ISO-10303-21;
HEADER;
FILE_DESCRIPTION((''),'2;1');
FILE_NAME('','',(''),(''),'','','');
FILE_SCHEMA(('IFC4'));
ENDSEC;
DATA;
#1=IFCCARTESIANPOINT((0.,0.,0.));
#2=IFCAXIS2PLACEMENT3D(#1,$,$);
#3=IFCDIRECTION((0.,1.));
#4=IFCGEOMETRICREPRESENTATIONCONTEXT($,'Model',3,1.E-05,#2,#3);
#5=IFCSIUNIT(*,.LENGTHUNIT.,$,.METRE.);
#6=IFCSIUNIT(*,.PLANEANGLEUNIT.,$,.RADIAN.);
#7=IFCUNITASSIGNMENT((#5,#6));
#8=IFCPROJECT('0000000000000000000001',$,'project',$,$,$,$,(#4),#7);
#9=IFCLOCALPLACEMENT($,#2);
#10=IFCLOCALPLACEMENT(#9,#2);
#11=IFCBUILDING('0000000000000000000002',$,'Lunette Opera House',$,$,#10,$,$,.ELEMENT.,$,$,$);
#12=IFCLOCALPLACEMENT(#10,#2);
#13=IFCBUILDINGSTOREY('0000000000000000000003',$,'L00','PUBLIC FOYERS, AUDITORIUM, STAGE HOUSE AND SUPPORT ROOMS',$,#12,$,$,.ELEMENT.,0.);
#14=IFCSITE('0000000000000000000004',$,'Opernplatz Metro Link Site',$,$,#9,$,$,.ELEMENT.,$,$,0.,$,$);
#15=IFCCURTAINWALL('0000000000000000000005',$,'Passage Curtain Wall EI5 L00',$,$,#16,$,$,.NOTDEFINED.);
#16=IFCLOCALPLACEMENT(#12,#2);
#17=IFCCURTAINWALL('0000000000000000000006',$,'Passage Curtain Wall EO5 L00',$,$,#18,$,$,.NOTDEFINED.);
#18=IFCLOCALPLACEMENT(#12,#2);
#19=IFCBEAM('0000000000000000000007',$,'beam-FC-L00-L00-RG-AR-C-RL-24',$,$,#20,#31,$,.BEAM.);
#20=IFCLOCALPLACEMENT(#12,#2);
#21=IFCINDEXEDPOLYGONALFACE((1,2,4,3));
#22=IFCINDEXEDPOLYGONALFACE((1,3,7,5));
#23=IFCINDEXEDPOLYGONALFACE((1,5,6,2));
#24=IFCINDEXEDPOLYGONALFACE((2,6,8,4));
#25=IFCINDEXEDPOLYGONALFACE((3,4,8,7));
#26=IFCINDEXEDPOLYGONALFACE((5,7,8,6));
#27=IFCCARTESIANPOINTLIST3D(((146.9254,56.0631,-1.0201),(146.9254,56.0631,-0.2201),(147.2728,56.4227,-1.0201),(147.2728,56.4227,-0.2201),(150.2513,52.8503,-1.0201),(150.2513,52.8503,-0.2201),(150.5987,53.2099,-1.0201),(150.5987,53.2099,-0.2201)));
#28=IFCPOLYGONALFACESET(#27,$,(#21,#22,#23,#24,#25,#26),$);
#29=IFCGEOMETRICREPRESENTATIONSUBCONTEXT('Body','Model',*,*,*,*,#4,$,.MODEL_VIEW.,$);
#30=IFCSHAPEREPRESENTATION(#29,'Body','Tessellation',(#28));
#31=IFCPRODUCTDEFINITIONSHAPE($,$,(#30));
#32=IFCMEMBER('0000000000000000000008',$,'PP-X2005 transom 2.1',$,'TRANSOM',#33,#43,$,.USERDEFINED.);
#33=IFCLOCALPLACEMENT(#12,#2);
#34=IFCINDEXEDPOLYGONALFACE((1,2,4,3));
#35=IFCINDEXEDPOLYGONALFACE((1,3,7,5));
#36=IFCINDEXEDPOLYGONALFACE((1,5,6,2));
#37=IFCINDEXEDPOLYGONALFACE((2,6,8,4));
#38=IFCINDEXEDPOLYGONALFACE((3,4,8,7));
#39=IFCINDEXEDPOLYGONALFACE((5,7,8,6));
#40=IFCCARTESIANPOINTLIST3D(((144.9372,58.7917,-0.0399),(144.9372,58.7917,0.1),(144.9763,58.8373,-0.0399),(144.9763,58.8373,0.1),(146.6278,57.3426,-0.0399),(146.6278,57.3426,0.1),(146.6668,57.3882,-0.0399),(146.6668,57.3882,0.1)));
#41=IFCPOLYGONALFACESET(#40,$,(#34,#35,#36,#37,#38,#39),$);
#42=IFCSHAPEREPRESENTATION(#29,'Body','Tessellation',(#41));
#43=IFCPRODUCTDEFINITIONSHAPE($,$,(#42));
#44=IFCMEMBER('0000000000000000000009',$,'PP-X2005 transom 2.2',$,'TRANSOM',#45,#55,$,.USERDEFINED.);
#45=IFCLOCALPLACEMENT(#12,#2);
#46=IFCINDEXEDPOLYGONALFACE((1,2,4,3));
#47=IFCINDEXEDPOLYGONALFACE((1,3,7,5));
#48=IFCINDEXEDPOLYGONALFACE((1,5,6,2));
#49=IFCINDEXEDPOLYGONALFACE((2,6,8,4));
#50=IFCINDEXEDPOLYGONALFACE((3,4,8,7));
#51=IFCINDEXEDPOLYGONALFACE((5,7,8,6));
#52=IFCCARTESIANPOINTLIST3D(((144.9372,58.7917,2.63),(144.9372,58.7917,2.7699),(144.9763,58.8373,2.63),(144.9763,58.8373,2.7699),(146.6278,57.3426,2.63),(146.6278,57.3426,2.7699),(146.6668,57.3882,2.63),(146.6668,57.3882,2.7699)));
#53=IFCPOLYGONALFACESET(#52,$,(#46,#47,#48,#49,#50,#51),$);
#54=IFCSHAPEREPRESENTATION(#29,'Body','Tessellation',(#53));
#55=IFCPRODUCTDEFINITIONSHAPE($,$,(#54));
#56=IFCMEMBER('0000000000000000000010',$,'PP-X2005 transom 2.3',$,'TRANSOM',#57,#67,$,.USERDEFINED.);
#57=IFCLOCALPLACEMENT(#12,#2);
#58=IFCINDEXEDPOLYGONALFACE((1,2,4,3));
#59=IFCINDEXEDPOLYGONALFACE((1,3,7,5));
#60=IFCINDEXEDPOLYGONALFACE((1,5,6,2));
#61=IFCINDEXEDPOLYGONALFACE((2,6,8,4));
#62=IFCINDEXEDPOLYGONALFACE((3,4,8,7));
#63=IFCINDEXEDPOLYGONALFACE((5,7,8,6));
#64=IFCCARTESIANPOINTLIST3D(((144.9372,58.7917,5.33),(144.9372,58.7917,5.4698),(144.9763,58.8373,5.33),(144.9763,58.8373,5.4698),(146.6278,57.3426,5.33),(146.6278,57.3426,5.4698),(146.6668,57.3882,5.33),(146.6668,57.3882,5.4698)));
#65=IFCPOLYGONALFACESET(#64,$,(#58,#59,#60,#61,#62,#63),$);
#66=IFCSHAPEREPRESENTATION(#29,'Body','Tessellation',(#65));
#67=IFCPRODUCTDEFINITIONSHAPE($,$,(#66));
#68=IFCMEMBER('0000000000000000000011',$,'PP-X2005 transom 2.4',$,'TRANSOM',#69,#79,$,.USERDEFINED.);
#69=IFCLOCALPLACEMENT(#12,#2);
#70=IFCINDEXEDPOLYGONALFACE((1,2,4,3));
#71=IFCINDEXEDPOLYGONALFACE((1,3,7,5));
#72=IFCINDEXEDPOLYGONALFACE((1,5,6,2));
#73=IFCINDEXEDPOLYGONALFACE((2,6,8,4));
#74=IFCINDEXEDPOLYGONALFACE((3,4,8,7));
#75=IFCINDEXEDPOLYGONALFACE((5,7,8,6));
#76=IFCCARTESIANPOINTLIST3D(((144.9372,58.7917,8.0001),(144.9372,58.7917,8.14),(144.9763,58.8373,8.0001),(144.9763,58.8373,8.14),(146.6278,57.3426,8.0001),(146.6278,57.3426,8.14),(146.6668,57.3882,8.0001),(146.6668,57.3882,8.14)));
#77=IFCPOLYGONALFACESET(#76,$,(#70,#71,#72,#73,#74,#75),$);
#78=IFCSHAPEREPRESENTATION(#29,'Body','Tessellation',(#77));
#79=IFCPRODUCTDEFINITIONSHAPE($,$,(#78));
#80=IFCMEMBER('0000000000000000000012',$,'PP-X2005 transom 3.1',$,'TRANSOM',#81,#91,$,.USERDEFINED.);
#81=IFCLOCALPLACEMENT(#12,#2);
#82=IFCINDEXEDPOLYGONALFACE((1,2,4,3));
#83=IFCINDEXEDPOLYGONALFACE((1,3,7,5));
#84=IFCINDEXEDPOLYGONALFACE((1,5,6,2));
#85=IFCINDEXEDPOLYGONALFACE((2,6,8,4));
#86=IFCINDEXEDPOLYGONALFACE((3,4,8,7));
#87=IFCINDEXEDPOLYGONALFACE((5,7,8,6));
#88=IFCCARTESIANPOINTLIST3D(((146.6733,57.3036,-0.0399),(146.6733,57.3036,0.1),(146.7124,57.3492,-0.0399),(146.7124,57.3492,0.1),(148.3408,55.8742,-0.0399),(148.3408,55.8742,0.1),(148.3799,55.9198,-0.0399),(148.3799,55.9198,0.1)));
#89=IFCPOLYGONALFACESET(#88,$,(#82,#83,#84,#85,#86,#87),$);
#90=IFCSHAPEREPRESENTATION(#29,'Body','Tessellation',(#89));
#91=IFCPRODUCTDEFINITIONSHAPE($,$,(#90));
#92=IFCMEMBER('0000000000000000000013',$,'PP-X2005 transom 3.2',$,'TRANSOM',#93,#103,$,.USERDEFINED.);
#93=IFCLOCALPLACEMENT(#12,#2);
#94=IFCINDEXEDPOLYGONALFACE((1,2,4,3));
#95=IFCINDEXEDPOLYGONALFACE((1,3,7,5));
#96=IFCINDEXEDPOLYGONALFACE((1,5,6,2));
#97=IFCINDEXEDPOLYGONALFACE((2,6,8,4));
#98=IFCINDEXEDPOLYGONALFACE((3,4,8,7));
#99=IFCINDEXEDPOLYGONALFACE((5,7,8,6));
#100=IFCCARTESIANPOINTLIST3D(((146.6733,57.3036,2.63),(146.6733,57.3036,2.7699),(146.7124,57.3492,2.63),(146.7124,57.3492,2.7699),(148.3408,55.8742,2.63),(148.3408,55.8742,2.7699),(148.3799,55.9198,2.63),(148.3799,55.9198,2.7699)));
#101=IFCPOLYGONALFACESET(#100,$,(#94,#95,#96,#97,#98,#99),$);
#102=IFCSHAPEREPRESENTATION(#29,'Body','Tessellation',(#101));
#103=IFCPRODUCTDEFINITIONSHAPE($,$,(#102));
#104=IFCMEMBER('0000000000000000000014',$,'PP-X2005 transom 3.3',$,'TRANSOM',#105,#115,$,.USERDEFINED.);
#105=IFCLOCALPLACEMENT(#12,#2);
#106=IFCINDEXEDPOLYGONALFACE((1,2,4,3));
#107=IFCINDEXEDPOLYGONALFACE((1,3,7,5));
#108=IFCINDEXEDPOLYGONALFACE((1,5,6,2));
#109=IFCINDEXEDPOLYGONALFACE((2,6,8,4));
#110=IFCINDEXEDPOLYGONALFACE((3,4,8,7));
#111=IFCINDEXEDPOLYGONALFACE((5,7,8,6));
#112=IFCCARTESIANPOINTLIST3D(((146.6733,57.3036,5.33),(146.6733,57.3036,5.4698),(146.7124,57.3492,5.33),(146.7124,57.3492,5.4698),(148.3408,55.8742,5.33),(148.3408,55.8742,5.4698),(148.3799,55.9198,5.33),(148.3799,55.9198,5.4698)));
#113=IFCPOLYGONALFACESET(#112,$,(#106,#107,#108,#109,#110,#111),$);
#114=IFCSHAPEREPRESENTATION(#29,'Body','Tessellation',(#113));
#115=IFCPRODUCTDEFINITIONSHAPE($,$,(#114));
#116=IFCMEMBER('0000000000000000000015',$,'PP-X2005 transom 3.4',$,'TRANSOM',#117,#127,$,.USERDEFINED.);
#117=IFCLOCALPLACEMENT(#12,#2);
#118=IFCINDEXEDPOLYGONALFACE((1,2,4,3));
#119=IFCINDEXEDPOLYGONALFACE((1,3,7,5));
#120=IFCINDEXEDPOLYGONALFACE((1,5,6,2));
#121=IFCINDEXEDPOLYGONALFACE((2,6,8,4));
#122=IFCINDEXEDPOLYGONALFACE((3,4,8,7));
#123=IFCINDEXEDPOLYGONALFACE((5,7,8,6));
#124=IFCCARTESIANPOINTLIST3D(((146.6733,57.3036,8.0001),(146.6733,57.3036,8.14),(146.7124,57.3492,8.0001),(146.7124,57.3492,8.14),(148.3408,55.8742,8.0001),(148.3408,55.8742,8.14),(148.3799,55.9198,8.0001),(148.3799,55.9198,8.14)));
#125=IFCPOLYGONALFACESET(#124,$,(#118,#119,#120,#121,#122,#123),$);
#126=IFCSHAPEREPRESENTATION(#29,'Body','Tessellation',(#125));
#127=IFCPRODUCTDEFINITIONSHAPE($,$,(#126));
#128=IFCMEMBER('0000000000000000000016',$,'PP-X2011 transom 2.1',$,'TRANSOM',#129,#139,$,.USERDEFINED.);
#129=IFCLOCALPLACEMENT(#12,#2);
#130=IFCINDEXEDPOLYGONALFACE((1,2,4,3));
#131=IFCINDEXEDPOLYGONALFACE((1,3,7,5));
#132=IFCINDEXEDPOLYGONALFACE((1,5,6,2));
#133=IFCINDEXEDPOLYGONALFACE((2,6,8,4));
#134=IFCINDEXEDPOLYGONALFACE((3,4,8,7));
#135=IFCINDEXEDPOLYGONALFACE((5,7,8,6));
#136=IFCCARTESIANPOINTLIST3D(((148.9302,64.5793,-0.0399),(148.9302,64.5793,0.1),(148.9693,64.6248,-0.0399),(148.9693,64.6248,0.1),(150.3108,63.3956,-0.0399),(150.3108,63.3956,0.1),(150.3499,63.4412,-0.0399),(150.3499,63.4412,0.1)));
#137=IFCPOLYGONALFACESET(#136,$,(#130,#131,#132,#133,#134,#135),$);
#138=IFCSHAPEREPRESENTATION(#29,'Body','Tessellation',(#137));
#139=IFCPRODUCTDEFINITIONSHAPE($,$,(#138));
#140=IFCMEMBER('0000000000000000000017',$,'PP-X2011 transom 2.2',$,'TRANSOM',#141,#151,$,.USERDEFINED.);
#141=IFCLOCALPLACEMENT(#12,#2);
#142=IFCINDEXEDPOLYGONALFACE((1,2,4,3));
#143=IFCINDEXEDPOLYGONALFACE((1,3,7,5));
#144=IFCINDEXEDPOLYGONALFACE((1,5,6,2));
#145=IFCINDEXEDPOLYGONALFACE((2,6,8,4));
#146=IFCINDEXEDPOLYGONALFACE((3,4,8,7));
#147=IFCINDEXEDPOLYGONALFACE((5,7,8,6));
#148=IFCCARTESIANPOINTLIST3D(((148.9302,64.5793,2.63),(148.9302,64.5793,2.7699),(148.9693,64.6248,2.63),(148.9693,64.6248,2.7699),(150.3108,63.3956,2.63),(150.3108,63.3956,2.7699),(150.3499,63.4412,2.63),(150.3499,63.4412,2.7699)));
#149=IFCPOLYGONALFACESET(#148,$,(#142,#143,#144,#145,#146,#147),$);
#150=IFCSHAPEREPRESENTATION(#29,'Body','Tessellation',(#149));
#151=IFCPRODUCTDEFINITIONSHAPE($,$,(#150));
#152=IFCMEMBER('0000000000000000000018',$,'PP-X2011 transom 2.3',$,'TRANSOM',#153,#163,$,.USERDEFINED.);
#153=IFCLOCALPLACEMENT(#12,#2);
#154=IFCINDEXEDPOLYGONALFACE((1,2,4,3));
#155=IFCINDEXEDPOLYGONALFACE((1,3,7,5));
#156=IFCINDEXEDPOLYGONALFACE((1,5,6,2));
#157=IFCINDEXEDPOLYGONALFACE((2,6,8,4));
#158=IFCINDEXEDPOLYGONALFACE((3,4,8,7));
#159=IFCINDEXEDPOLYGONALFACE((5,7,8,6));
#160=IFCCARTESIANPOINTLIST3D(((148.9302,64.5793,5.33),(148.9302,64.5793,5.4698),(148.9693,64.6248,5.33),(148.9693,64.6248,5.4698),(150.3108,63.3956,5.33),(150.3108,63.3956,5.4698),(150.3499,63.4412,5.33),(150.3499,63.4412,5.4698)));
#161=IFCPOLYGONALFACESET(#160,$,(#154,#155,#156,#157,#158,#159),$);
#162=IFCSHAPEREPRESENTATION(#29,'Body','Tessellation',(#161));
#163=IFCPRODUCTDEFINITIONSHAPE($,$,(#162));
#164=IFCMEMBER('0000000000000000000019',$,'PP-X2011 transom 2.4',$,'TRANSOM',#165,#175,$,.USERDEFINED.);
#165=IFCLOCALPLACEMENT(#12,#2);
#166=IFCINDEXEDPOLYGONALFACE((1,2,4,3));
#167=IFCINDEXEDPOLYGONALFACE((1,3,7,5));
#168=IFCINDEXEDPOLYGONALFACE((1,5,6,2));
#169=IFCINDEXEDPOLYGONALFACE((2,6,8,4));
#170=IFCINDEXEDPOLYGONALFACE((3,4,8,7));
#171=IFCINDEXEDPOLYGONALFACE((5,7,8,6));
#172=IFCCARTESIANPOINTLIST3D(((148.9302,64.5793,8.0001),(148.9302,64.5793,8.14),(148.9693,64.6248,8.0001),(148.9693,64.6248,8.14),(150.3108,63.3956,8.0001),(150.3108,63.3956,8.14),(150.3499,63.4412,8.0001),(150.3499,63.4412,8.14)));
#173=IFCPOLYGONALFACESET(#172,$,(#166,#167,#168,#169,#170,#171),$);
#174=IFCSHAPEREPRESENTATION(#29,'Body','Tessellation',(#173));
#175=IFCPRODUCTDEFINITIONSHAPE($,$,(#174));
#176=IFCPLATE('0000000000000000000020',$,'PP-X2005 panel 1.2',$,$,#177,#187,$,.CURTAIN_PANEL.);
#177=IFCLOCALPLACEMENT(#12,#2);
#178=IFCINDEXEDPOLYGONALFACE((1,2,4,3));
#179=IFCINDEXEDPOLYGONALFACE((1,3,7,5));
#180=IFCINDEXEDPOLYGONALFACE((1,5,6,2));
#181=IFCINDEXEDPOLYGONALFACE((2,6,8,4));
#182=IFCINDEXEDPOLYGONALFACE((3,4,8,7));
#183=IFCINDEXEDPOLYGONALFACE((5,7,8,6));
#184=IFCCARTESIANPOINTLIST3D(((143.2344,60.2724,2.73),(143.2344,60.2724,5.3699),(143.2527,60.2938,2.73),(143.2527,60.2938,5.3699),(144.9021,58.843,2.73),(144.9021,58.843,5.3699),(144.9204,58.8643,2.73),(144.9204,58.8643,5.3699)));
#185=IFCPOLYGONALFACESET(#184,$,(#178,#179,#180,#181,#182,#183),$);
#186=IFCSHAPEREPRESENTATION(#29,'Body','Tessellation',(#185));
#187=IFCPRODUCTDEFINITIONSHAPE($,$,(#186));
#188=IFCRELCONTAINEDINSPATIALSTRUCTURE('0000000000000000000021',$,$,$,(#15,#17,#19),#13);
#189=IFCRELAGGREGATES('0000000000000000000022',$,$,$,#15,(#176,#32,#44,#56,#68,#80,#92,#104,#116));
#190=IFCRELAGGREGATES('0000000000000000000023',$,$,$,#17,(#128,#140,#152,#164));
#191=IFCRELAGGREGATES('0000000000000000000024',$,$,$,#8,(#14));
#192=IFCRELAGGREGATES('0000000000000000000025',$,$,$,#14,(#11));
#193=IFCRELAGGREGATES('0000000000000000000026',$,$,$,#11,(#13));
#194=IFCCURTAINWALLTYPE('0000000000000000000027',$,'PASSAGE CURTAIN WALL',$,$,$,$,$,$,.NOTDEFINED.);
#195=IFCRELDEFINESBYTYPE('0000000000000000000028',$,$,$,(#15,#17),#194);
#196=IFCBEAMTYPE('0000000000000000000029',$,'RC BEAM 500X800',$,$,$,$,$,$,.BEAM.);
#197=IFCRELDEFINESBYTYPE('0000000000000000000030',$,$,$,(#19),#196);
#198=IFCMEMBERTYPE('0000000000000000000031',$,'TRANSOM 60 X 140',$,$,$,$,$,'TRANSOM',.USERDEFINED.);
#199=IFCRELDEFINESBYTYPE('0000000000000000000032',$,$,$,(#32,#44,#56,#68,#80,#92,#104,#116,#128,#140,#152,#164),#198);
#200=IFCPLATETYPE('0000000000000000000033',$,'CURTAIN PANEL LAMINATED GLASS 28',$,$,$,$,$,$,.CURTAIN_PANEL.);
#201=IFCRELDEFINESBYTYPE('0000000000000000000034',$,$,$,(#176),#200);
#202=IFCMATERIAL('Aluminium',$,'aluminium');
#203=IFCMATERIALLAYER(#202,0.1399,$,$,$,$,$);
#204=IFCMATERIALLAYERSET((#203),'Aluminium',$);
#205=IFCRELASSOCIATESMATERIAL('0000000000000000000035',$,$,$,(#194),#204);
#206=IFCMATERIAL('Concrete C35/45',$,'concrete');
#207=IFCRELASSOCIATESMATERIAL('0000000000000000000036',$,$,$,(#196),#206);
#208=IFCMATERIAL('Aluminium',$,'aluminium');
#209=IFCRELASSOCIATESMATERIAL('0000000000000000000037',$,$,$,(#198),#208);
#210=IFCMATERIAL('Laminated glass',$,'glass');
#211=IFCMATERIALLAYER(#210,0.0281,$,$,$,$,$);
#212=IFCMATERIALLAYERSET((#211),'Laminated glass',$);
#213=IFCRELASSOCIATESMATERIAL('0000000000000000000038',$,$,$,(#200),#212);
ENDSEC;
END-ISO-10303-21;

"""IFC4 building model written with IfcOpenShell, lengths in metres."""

from ifc_helpers import new_model, si_unit, direction, frame, origin, origin_2d, place, context, subcontext, project, spatial, rectangle, extrude, material, layer, layer_set, material_profile, profile_set, type_object, element, aggregate, save


model = new_model("IFC4")

# Units and contexts
model_context = context("Model", 3, precision=1e-05, world=origin(), true_north=direction((0.0, 1.0)))
body_context = subcontext(model_context, "Body", "Model", "MODEL_VIEW")
ifc_project = project(units=[si_unit("LENGTHUNIT", "METRE"), si_unit("PLANEANGLEUNIT", "RADIAN")], contexts=[model_context])

# Site, building, storey
site_placement = place(None, origin())
site = spatial("IfcSite", under=ifc_project, at=site_placement, Name="Opernplatz Metro Link Site", CompositionType="ELEMENT", RefElevation=0.0)
building_placement = place(site_placement, origin())
building = spatial("IfcBuilding", under=site, at=building_placement, Name="Lunette Opera House", CompositionType="ELEMENT")
storey_placement = place(building_placement, origin())
storey = spatial("IfcBuildingStorey", under=building, at=storey_placement, Name="L00", Description="PUBLIC FOYERS, AUDITORIUM, STAGE HOUSE AND SUPPORT ROOMS", CompositionType="ELEMENT", Elevation=0.0)

# Curtain wall
ifc_material_1 = material(Name="Aluminium", Category="aluminium")
ifc_layer_1 = layer(ifc_material_1, 0.1399)
ifc_layer_set_1 = layer_set([ifc_layer_1], Name="Aluminium")
curtain_wall_type = type_object("IfcCurtainWallType", Name="PASSAGE CURTAIN WALL", PredefinedType="NOTDEFINED", material=ifc_layer_set_1)
curtain_wall_1_placement = place(storey_placement, origin())
curtain_wall_1 = element("IfcCurtainWall", 1, at=curtain_wall_1_placement, inside=storey, type_object=curtain_wall_type, Name="Passage Curtain Wall EI5 L00", PredefinedType="NOTDEFINED")

# Curtain wall
curtain_wall_2_placement = place(storey_placement, origin())
curtain_wall_2 = element("IfcCurtainWall", 2, at=curtain_wall_2_placement, inside=storey, type_object=curtain_wall_type, Name="Passage Curtain Wall EO5 L00", PredefinedType="NOTDEFINED")

# Beam
ifc_material_2 = material(Name="Concrete C35/45", Category="concrete")
ifc_material_profile_1 = material_profile(ifc_material_2, rectangle(XDim=0.5, YDim=0.8, at=origin_2d()), Name="RC BEAM 500X800")
ifc_profile_set_1 = profile_set([ifc_material_profile_1], Name="Concrete C35/45")
beam_type = type_object("IfcBeamType", Name="RC BEAM 500X800", PredefinedType="BEAM", material=ifc_profile_set_1)
beam_placement = place(storey_placement, frame((147.0991, 56.2429, -0.6201), z_axis=(0.719223, -0.694779, 0.0), x_axis=(0.694779, 0.719223, 0.0)))
element("IfcBeam", 3, at=beam_placement, inside=storey, type_object=beam_type, Name="beam-FC-L00-L00-RG-AR-C-RL-24", PredefinedType="BEAM", context=body_context, shape_type="SweptSolid", body=[
    extrude(rectangle(XDim=0.5, YDim=0.8, at=origin_2d()), origin(), (0.0, 0.0, 1.0), 4.6243),
])

# Members
ifc_material_3 = material(Name="Aluminium", Category="aluminium")
ifc_material_profile_2 = material_profile(ifc_material_3, rectangle(XDim=0.0601, YDim=0.1399, at=origin_2d()), Name="TRANSOM 60 X 140")
ifc_profile_set_2 = profile_set([ifc_material_profile_2], Name="Aluminium")
member_type_1 = type_object("IfcMemberType", Name="TRANSOM 60 X 140", ElementType="TRANSOM", PredefinedType="USERDEFINED", material=ifc_profile_set_2)
member_1_placement = place(storey_placement, frame((144.9568, 58.8145, 0.03), z_axis=(0.759249, -0.6508, 0.0), x_axis=(0.6508, 0.759249, 0.0)))
member_1 = element("IfcMember", 4, at=member_1_placement, type_object=member_type_1, Name="PP-X2005 transom 2.1", ObjectType="TRANSOM", PredefinedType="USERDEFINED", context=body_context, shape_type="SweptSolid", body=[
    extrude(rectangle(XDim=0.0601, YDim=0.1399, at=origin_2d()), origin(), (0.0, 0.0, 1.0), 2.2266),
])
member_2_placement = place(storey_placement, frame((144.9568, 58.8145, 2.7), z_axis=(0.759249, -0.6508, 0.0), x_axis=(0.6508, 0.759249, 0.0)))
member_2 = element("IfcMember", 5, at=member_2_placement, type_object=member_type_1, Name="PP-X2005 transom 2.2", ObjectType="TRANSOM", PredefinedType="USERDEFINED", context=body_context, shape_type="SweptSolid", body=[
    extrude(rectangle(XDim=0.0601, YDim=0.1399, at=origin_2d()), origin(), (0.0, 0.0, 1.0), 2.2266),
])
member_3_placement = place(storey_placement, frame((144.9568, 58.8145, 5.3999), z_axis=(0.759249, -0.6508, 0.0), x_axis=(0.6508, 0.759249, 0.0)))
member_3 = element("IfcMember", 6, at=member_3_placement, type_object=member_type_1, Name="PP-X2005 transom 2.3", ObjectType="TRANSOM", PredefinedType="USERDEFINED", context=body_context, shape_type="SweptSolid", body=[
    extrude(rectangle(XDim=0.0601, YDim=0.1399, at=origin_2d()), origin(), (0.0, 0.0, 1.0), 2.2266),
])
member_4_placement = place(storey_placement, frame((144.9568, 58.8145, 8.0701), z_axis=(0.759249, -0.6508, 0.0), x_axis=(0.6508, 0.759249, 0.0)))
member_4 = element("IfcMember", 7, at=member_4_placement, type_object=member_type_1, Name="PP-X2005 transom 2.4", ObjectType="TRANSOM", PredefinedType="USERDEFINED", context=body_context, shape_type="SweptSolid", body=[
    extrude(rectangle(XDim=0.0601, YDim=0.1399, at=origin_2d()), origin(), (0.0, 0.0, 1.0), 2.2266),
])
member_5_placement = place(storey_placement, frame((146.6929, 57.3264, 0.03), z_axis=(0.759217, -0.650837, 0.0), x_axis=(0.650837, 0.759217, 0.0)))
member_5 = element("IfcMember", 8, at=member_5_placement, type_object=member_type_1, Name="PP-X2005 transom 3.1", ObjectType="TRANSOM", PredefinedType="USERDEFINED", context=body_context, shape_type="SweptSolid", body=[
    extrude(rectangle(XDim=0.0601, YDim=0.1399, at=origin_2d()), origin(), (0.0, 0.0, 1.0), 2.1963),
])
member_6_placement = place(storey_placement, frame((146.6929, 57.3264, 2.7), z_axis=(0.759217, -0.650837, 0.0), x_axis=(0.650837, 0.759217, 0.0)))
member_6 = element("IfcMember", 9, at=member_6_placement, type_object=member_type_1, Name="PP-X2005 transom 3.2", ObjectType="TRANSOM", PredefinedType="USERDEFINED", context=body_context, shape_type="SweptSolid", body=[
    extrude(rectangle(XDim=0.0601, YDim=0.1399, at=origin_2d()), origin(), (0.0, 0.0, 1.0), 2.1963),
])
member_7_placement = place(storey_placement, frame((146.6929, 57.3264, 5.3999), z_axis=(0.759217, -0.650837, 0.0), x_axis=(0.650837, 0.759217, 0.0)))
member_7 = element("IfcMember", 10, at=member_7_placement, type_object=member_type_1, Name="PP-X2005 transom 3.3", ObjectType="TRANSOM", PredefinedType="USERDEFINED", context=body_context, shape_type="SweptSolid", body=[
    extrude(rectangle(XDim=0.0601, YDim=0.1399, at=origin_2d()), origin(), (0.0, 0.0, 1.0), 2.1963),
])
member_8_placement = place(storey_placement, frame((146.6929, 57.3264, 8.0701), z_axis=(0.759217, -0.650837, 0.0), x_axis=(0.650837, 0.759217, 0.0)))
member_8 = element("IfcMember", 11, at=member_8_placement, type_object=member_type_1, Name="PP-X2005 transom 3.4", ObjectType="TRANSOM", PredefinedType="USERDEFINED", context=body_context, shape_type="SweptSolid", body=[
    extrude(rectangle(XDim=0.0601, YDim=0.1399, at=origin_2d()), origin(), (0.0, 0.0, 1.0), 2.1963),
])
member_9_placement = place(storey_placement, frame((148.9497, 64.6021, 0.03), z_axis=(0.7592, -0.650858, 0.0), x_axis=(0.650858, 0.7592, 0.0)))
member_9 = element("IfcMember", 12, at=member_9_placement, type_object=member_type_1, Name="PP-X2011 transom 2.1", ObjectType="TRANSOM", PredefinedType="USERDEFINED", context=body_context, shape_type="SweptSolid", body=[
    extrude(rectangle(XDim=0.0601, YDim=0.1399, at=origin_2d()), origin(), (0.0, 0.0, 1.0), 1.8186),
])
member_10_placement = place(storey_placement, frame((148.9497, 64.6021, 2.7), z_axis=(0.7592, -0.650858, 0.0), x_axis=(0.650858, 0.7592, 0.0)))
member_10 = element("IfcMember", 13, at=member_10_placement, type_object=member_type_1, Name="PP-X2011 transom 2.2", ObjectType="TRANSOM", PredefinedType="USERDEFINED", context=body_context, shape_type="SweptSolid", body=[
    extrude(rectangle(XDim=0.0601, YDim=0.1399, at=origin_2d()), origin(), (0.0, 0.0, 1.0), 1.8186),
])
member_11_placement = place(storey_placement, frame((148.9497, 64.6021, 5.3999), z_axis=(0.7592, -0.650858, 0.0), x_axis=(0.650858, 0.7592, 0.0)))
member_11 = element("IfcMember", 14, at=member_11_placement, type_object=member_type_1, Name="PP-X2011 transom 2.3", ObjectType="TRANSOM", PredefinedType="USERDEFINED", context=body_context, shape_type="SweptSolid", body=[
    extrude(rectangle(XDim=0.0601, YDim=0.1399, at=origin_2d()), origin(), (0.0, 0.0, 1.0), 1.8186),
])
member_12_placement = place(storey_placement, frame((148.9497, 64.6021, 8.0701), z_axis=(0.7592, -0.650858, 0.0), x_axis=(0.650858, 0.7592, 0.0)))
member_12 = element("IfcMember", 15, at=member_12_placement, type_object=member_type_1, Name="PP-X2011 transom 2.4", ObjectType="TRANSOM", PredefinedType="USERDEFINED", context=body_context, shape_type="SweptSolid", body=[
    extrude(rectangle(XDim=0.0601, YDim=0.1399, at=origin_2d()), origin(), (0.0, 0.0, 1.0), 1.8186),
])

# Plate
ifc_material_4 = material(Name="Laminated glass", Category="glass")
ifc_layer_2 = layer(ifc_material_4, 0.0281)
ifc_layer_set_2 = layer_set([ifc_layer_2], Name="Laminated glass")
plate_type_1 = type_object("IfcPlateType", Name="CURTAIN PANEL LAMINATED GLASS 28", PredefinedType="CURTAIN_PANEL", material=ifc_layer_set_2)
plate_1_placement = place(storey_placement, frame((144.0774, 59.5684, 2.73), z_axis=(0.0, 0.0, 1.0), x_axis=(0.759257, -0.650791, 0.0)))
plate_1 = element("IfcPlate", 16, at=plate_1_placement, type_object=plate_type_1, Name="PP-X2005 panel 1.2", PredefinedType="CURTAIN_PANEL", context=body_context, shape_type="SweptSolid", body=[
    extrude(rectangle(XDim=2.1965, YDim=0.0281, at=origin_2d()), origin(), (0.0, 0.0, 1.0), 2.6399),
])
aggregate(curtain_wall_1, [plate_1, member_1, member_2, member_3, member_4, member_5, member_6, member_7, member_8])
aggregate(curtain_wall_2, [member_9, member_10, member_11, member_12])

save(model, "model.ifc")
